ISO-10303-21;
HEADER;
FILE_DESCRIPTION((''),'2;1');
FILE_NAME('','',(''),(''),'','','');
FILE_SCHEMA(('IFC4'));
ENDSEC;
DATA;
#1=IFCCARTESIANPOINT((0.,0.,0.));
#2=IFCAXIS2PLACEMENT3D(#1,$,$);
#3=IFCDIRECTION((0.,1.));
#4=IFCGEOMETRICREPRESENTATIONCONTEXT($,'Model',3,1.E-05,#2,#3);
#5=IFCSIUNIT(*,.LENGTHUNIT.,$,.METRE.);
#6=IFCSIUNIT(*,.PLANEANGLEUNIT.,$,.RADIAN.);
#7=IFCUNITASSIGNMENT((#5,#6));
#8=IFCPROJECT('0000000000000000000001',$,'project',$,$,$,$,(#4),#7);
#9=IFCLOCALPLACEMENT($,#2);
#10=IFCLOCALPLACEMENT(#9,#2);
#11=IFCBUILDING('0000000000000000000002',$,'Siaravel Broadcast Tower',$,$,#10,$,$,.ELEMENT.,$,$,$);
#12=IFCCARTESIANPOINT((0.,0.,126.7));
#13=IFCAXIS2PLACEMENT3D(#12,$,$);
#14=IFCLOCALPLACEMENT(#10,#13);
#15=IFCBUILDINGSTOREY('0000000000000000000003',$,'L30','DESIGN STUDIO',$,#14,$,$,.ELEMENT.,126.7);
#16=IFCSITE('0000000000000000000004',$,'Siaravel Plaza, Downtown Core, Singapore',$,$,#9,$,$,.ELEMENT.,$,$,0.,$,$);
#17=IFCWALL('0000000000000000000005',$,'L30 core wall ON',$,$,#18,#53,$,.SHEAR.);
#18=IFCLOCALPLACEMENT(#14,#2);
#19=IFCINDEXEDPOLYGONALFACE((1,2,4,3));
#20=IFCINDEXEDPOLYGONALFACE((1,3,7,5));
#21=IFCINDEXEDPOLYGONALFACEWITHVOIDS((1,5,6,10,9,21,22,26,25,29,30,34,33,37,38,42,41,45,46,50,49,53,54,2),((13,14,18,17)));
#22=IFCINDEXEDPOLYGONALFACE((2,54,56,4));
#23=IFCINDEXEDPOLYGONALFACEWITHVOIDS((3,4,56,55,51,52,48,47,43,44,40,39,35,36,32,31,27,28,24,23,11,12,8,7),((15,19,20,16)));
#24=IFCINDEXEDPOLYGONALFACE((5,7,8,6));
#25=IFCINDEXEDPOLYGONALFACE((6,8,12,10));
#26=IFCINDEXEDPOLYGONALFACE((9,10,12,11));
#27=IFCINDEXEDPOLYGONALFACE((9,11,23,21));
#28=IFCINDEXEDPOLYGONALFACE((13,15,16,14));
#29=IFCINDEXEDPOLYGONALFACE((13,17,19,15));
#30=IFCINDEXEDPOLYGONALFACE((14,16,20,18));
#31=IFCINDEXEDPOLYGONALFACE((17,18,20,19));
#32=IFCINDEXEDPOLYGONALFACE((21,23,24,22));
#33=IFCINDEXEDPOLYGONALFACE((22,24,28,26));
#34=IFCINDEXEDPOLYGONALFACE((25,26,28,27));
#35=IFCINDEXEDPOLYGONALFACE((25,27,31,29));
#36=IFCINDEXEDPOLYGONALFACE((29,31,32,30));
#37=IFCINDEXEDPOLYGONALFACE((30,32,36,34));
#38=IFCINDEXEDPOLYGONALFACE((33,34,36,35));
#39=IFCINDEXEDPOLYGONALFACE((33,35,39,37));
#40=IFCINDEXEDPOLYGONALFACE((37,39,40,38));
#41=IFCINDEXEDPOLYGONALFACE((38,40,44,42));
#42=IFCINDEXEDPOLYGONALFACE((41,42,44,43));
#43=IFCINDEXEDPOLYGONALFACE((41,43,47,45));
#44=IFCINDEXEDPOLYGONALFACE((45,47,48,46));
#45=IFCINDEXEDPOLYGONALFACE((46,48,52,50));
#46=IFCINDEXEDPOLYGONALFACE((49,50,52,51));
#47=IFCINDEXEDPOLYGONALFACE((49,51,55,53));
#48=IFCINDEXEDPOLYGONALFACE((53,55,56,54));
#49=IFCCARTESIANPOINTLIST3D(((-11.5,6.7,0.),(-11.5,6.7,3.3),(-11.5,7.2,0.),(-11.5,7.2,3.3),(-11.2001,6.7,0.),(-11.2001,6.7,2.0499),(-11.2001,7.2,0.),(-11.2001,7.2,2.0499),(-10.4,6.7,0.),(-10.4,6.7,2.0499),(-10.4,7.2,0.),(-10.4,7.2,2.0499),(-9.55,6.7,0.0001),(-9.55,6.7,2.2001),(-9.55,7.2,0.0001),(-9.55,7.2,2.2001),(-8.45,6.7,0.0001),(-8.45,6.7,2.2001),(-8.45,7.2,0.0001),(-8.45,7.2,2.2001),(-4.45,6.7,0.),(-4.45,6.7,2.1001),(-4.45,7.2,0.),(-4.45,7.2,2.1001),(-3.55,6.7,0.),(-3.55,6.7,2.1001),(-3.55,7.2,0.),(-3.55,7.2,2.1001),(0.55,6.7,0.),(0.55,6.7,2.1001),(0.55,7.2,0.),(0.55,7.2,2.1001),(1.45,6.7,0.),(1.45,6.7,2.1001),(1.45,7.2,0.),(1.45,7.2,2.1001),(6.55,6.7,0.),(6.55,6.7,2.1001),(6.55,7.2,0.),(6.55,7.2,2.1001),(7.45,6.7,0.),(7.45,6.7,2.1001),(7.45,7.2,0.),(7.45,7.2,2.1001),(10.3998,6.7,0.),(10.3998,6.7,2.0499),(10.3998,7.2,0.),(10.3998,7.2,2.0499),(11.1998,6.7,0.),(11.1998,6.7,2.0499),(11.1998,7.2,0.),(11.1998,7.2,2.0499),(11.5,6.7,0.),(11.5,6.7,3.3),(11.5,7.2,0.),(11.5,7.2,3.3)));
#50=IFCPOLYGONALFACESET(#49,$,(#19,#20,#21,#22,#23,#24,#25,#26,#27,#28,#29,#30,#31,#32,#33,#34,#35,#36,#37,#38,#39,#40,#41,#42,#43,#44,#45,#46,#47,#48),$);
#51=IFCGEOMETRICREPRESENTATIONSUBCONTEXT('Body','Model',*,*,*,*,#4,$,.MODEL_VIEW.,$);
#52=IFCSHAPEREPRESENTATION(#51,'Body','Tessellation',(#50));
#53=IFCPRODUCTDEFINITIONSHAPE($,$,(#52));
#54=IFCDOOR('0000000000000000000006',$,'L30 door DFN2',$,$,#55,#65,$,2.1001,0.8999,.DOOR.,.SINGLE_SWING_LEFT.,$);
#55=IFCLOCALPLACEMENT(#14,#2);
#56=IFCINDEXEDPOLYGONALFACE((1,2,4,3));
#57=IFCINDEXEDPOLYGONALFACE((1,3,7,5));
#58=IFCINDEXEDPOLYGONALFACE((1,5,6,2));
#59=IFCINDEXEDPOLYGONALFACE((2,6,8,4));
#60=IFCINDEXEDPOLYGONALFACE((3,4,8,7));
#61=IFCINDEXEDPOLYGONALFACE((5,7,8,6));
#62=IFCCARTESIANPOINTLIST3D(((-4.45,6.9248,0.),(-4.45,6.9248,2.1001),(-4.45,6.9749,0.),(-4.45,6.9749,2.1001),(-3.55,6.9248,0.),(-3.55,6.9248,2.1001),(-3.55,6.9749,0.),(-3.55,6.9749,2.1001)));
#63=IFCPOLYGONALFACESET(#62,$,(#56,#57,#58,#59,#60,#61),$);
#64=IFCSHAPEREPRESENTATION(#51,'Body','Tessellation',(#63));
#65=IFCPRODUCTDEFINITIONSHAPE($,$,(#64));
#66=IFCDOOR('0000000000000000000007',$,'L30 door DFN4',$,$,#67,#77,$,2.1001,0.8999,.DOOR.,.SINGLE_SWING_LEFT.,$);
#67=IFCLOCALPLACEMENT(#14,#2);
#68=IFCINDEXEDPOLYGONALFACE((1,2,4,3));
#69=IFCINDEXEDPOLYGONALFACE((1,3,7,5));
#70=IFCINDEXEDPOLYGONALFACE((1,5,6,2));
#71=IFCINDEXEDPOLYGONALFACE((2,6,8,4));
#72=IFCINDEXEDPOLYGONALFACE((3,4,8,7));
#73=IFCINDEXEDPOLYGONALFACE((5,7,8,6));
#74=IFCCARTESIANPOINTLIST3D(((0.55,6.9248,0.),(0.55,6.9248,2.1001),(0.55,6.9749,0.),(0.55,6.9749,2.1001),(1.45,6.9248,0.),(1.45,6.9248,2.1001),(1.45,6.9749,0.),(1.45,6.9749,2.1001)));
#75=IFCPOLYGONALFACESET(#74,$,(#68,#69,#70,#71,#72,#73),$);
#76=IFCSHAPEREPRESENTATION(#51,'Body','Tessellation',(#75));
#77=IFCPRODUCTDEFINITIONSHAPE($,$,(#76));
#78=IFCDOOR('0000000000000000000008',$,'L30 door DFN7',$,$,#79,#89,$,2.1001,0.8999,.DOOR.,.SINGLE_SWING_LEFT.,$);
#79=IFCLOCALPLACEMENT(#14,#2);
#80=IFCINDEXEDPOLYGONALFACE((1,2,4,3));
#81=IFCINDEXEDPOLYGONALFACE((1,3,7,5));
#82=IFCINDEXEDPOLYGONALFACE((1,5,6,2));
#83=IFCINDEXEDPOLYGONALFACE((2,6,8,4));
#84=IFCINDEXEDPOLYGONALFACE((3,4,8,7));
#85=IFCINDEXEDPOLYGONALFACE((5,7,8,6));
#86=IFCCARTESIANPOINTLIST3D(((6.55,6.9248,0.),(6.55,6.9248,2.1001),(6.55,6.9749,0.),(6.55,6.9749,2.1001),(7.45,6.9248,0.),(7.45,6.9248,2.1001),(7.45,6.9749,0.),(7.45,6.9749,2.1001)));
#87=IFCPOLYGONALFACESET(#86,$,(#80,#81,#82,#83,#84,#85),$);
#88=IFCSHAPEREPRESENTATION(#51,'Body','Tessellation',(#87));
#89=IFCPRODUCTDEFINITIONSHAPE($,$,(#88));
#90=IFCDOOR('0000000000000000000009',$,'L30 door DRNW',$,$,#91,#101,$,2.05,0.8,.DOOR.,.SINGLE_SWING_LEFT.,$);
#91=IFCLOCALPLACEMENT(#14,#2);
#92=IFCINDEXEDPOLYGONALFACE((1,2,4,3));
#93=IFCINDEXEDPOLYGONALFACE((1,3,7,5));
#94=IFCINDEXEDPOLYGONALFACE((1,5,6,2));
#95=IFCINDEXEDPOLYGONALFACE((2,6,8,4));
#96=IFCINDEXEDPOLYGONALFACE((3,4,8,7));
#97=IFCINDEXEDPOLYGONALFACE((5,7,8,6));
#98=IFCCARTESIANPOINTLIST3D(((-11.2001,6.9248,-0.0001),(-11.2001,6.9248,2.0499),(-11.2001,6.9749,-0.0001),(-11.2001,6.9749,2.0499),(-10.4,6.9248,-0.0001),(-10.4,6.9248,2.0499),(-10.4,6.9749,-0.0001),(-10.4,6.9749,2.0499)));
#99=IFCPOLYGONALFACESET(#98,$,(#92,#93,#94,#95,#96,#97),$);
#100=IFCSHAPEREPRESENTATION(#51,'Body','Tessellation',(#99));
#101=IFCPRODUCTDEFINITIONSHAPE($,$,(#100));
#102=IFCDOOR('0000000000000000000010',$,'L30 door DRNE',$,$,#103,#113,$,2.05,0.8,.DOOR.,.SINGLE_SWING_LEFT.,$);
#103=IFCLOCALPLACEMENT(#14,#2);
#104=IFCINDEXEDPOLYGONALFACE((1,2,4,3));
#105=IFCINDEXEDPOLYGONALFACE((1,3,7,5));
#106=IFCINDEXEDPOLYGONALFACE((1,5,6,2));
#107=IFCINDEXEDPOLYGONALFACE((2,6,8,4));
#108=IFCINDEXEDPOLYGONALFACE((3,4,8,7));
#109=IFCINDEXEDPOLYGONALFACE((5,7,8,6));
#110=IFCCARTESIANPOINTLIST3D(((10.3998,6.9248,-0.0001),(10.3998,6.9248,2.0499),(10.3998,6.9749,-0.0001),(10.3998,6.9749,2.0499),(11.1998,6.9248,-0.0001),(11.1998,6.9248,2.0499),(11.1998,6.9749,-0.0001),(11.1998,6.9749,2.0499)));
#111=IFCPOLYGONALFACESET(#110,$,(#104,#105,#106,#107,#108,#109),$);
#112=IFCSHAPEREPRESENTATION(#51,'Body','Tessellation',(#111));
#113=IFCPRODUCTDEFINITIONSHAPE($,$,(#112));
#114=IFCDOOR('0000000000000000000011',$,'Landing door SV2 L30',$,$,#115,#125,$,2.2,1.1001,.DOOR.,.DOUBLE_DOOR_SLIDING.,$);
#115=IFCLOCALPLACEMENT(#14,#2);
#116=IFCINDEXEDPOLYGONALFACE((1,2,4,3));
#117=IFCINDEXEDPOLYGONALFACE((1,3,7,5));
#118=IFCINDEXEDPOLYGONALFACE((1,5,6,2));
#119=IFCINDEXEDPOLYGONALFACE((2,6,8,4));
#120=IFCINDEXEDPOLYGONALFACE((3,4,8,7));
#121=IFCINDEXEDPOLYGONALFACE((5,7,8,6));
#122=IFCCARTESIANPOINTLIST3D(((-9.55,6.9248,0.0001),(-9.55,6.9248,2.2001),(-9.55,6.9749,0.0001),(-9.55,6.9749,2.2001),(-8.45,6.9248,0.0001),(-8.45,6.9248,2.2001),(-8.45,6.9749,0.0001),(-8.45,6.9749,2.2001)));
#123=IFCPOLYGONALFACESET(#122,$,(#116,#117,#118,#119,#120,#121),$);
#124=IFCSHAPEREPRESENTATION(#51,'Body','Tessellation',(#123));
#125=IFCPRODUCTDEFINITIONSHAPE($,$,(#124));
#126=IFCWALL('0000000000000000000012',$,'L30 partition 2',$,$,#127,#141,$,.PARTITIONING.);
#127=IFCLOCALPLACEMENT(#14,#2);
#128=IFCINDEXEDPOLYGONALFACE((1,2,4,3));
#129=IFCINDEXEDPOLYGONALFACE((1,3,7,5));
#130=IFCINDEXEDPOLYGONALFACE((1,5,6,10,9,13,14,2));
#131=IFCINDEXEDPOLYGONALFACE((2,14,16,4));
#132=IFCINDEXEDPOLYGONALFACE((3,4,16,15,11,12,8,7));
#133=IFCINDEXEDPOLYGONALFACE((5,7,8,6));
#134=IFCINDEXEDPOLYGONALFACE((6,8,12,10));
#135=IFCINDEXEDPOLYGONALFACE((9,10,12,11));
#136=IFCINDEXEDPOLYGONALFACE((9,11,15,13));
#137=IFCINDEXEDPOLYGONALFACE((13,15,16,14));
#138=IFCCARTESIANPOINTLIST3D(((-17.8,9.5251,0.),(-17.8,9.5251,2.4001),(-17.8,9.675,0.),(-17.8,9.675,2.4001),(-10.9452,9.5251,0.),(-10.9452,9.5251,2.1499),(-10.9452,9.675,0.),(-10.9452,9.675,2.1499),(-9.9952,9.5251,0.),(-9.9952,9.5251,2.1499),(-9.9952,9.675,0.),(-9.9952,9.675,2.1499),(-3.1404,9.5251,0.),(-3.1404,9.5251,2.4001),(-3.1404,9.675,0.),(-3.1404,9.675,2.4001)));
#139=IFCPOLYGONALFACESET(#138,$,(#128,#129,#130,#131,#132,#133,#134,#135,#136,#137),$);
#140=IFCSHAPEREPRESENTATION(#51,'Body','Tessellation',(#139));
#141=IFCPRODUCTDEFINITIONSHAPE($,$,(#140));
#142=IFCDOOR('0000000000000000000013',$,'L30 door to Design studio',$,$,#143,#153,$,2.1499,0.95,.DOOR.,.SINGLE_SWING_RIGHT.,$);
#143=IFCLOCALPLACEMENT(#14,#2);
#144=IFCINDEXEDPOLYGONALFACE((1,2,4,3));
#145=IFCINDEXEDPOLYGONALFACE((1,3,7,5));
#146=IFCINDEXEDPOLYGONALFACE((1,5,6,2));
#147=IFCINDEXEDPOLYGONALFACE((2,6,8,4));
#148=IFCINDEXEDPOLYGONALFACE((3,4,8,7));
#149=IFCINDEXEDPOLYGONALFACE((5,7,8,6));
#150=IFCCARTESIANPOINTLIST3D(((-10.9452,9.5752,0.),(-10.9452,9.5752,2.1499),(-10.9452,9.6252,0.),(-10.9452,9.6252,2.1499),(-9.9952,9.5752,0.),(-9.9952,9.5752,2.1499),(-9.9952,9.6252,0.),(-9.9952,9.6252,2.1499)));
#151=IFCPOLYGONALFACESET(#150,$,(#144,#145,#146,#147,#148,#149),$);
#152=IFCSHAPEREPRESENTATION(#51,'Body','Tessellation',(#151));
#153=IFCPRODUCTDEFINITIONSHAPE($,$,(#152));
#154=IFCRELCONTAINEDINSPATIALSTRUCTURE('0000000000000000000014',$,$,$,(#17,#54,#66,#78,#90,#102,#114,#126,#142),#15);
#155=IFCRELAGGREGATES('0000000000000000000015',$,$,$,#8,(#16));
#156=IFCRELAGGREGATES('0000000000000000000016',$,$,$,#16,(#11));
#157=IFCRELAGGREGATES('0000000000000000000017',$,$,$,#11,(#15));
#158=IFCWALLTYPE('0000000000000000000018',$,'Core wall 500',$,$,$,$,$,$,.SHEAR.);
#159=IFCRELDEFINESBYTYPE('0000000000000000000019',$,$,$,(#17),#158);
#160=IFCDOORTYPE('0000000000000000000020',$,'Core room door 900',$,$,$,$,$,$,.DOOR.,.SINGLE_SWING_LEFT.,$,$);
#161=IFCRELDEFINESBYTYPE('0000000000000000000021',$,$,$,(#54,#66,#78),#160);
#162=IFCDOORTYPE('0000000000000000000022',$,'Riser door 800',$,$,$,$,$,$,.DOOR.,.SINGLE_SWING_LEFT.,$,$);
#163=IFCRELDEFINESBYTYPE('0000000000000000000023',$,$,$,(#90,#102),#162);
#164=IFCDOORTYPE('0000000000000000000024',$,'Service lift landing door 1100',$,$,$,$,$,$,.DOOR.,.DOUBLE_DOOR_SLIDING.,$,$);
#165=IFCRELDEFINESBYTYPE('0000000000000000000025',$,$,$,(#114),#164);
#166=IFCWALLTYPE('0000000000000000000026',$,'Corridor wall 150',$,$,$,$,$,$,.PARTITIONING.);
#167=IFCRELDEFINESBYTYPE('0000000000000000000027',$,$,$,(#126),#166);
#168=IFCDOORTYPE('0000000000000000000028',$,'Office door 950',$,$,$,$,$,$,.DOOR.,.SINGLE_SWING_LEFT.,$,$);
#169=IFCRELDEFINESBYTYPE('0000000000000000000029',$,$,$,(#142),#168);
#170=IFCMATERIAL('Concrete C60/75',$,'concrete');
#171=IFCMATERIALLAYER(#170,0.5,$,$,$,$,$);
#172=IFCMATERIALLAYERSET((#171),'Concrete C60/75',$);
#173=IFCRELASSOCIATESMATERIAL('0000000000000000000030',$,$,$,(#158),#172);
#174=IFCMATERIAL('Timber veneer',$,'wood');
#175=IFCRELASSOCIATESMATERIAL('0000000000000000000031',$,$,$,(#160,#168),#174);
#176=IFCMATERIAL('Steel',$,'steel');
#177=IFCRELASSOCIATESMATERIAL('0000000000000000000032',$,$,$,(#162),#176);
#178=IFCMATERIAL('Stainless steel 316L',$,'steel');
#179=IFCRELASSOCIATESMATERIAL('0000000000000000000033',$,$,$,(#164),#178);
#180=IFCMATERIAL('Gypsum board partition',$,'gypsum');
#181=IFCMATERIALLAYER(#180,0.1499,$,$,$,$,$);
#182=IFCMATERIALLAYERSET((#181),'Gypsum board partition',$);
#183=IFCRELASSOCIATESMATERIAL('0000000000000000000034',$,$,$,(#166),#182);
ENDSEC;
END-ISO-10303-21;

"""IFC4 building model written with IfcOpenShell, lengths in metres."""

from ifc_helpers import new_model, si_unit, direction, frame, frame_2d, origin, place, context, subcontext, project, spatial, rectangle, extrude, material, layer, layer_set, type_object, element, fill, save


model = new_model("IFC4")

# Units and contexts
model_context = context("Model", 3, precision=1e-05, world=origin(), true_north=direction((0.0, 1.0)))
body_context = subcontext(model_context, "Body", "Model", "MODEL_VIEW")
ifc_project = project(units=[si_unit("LENGTHUNIT", "METRE"), si_unit("PLANEANGLEUNIT", "RADIAN")], contexts=[model_context])

# Site, building, storey
site_placement = place(None, origin())
site = spatial("IfcSite", under=ifc_project, at=site_placement, Name="Siaravel Plaza, Downtown Core, Singapore", CompositionType="ELEMENT", RefElevation=0.0)
building_placement = place(site_placement, origin())
building = spatial("IfcBuilding", under=site, at=building_placement, Name="Siaravel Broadcast Tower", CompositionType="ELEMENT")
storey_placement = place(building_placement, frame((0.0, 0.0, 126.7)))
storey = spatial("IfcBuildingStorey", under=building, at=storey_placement, Name="L30", Description="DESIGN STUDIO", CompositionType="ELEMENT", Elevation=126.7)

# Wall, openings, doors
ifc_material_1 = material(Name="Concrete C60/75", Category="concrete")
ifc_layer_1 = layer(ifc_material_1, 0.5)
ifc_layer_set_1 = layer_set([ifc_layer_1], Name="Concrete C60/75")
wall_type_1 = type_object("IfcWallType", Name="Core wall 500", PredefinedType="SHEAR", material=ifc_layer_set_1)
wall_1_placement = place(storey_placement, frame((-11.5, 6.95, 0.0), z_axis=(0.0, 0.0, 1.0), x_axis=(1.0, 0.0, 0.0)))
wall_1 = element("IfcWall", 1, at=wall_1_placement, inside=storey, type_object=wall_type_1, Name="L30 core wall ON", PredefinedType="SHEAR", context=body_context, shape_type="SweptSolid", body=[
    extrude(rectangle(XDim=23.0, YDim=0.5, at=frame_2d((11.5, 0.0))), origin(), (0.0, 0.0, 1.0), 3.3),
])
opening_1_placement = place(wall_1_placement, frame((1.95, 0.0, 0.0)))
opening_1 = element("IfcOpeningElement", 2, at=opening_1_placement, cuts=wall_1, PredefinedType="OPENING", context=body_context, shape_type="SweptSolid", body=[
    extrude(rectangle(XDim=1.1001, YDim=2.2, at=frame_2d((0.55, 1.1001))), frame((0.0, 0.26, 0.0), z_axis=(0.0, -1.0, 0.0), x_axis=(1.0, 0.0, 0.0)), (0.0, 0.0, 1.0), 0.52),
])
opening_2_placement = place(wall_1_placement, frame((7.05, 0.0, 0.0)))
opening_2 = element("IfcOpeningElement", 3, at=opening_2_placement, cuts=wall_1, PredefinedType="OPENING", context=body_context, shape_type="SweptSolid", body=[
    extrude(rectangle(XDim=0.8999, YDim=2.1001, at=frame_2d((0.45, 1.05))), frame((0.0, 0.26, 0.0), z_axis=(0.0, -1.0, 0.0), x_axis=(1.0, 0.0, 0.0)), (0.0, 0.0, 1.0), 0.52),
])
opening_3_placement = place(wall_1_placement, frame((12.05, 0.0, 0.0)))
opening_3 = element("IfcOpeningElement", 4, at=opening_3_placement, cuts=wall_1, PredefinedType="OPENING", context=body_context, shape_type="SweptSolid", body=[
    extrude(rectangle(XDim=0.8999, YDim=2.1001, at=frame_2d((0.45, 1.05))), frame((0.0, 0.26, 0.0), z_axis=(0.0, -1.0, 0.0), x_axis=(1.0, 0.0, 0.0)), (0.0, 0.0, 1.0), 0.52),
])
opening_4_placement = place(wall_1_placement, frame((18.05, 0.0, 0.0)))
opening_4 = element("IfcOpeningElement", 5, at=opening_4_placement, cuts=wall_1, PredefinedType="OPENING", context=body_context, shape_type="SweptSolid", body=[
    extrude(rectangle(XDim=0.8999, YDim=2.1001, at=frame_2d((0.45, 1.05))), frame((0.0, 0.26, 0.0), z_axis=(0.0, -1.0, 0.0), x_axis=(1.0, 0.0, 0.0)), (0.0, 0.0, 1.0), 0.52),
])
opening_5_placement = place(wall_1_placement, frame((0.3, 0.0, 0.0)))
opening_5 = element("IfcOpeningElement", 6, at=opening_5_placement, cuts=wall_1, PredefinedType="OPENING", context=body_context, shape_type="SweptSolid", body=[
    extrude(rectangle(XDim=0.8, YDim=2.05, at=frame_2d((0.3999, 1.0249))), frame((0.0, 0.26, 0.0), z_axis=(0.0, -1.0, 0.0), x_axis=(1.0, 0.0, 0.0)), (0.0, 0.0, 1.0), 0.52),
])
opening_6_placement = place(wall_1_placement, frame((21.8999, 0.0, 0.0)))
opening_6 = element("IfcOpeningElement", 7, at=opening_6_placement, cuts=wall_1, PredefinedType="OPENING", context=body_context, shape_type="SweptSolid", body=[
    extrude(rectangle(XDim=0.8, YDim=2.05, at=frame_2d((0.3999, 1.0249))), frame((0.0, 0.26, 0.0), z_axis=(0.0, -1.0, 0.0), x_axis=(1.0, 0.0, 0.0)), (0.0, 0.0, 1.0), 0.52),
])
ifc_material_2 = material(Name="Timber veneer", Category="wood")
door_type_1 = type_object("IfcDoorType", Name="Core room door 900", OperationType="SINGLE_SWING_LEFT", PredefinedType="DOOR", material=ifc_material_2)
door_1_placement = place(opening_2_placement, origin())
door_1 = element("IfcDoor", 8, at=door_1_placement, inside=storey, type_object=door_type_1, Name="L30 door DFN2", OperationType="SINGLE_SWING_LEFT", OverallHeight=2.1001, OverallWidth=0.8999, PredefinedType="DOOR", context=body_context, shape_type="SweptSolid", body=[
    extrude(rectangle(XDim=0.8999, YDim=2.1001, at=frame_2d((0.45, 1.05))), frame((0.0, 0.0249, 0.0), z_axis=(0.0, -1.0, 0.0), x_axis=(1.0, 0.0, 0.0)), (0.0, 0.0, 1.0), 0.05),
])
fill(opening_2, door_1)
door_2_placement = place(opening_3_placement, origin())
door_2 = element("IfcDoor", 9, at=door_2_placement, inside=storey, type_object=door_type_1, Name="L30 door DFN4", OperationType="SINGLE_SWING_LEFT", OverallHeight=2.1001, OverallWidth=0.8999, PredefinedType="DOOR", context=body_context, shape_type="SweptSolid", body=[
    extrude(rectangle(XDim=0.8999, YDim=2.1001, at=frame_2d((0.45, 1.05))), frame((0.0, 0.0249, 0.0), z_axis=(0.0, -1.0, 0.0), x_axis=(1.0, 0.0, 0.0)), (0.0, 0.0, 1.0), 0.05),
])
fill(opening_3, door_2)
door_3_placement = place(opening_4_placement, origin())
door_3 = element("IfcDoor", 10, at=door_3_placement, inside=storey, type_object=door_type_1, Name="L30 door DFN7", OperationType="SINGLE_SWING_LEFT", OverallHeight=2.1001, OverallWidth=0.8999, PredefinedType="DOOR", context=body_context, shape_type="SweptSolid", body=[
    extrude(rectangle(XDim=0.8999, YDim=2.1001, at=frame_2d((0.45, 1.05))), frame((0.0, 0.0249, 0.0), z_axis=(0.0, -1.0, 0.0), x_axis=(1.0, 0.0, 0.0)), (0.0, 0.0, 1.0), 0.05),
])
fill(opening_4, door_3)
ifc_material_3 = material(Name="Steel", Category="steel")
door_type_2 = type_object("IfcDoorType", Name="Riser door 800", OperationType="SINGLE_SWING_LEFT", PredefinedType="DOOR", material=ifc_material_3)
door_4_placement = place(opening_5_placement, origin())
door_4 = element("IfcDoor", 11, at=door_4_placement, inside=storey, type_object=door_type_2, Name="L30 door DRNW", OperationType="SINGLE_SWING_LEFT", OverallHeight=2.05, OverallWidth=0.8, PredefinedType="DOOR", context=body_context, shape_type="SweptSolid", body=[
    extrude(rectangle(XDim=0.8, YDim=2.05, at=frame_2d((0.3999, 1.0249))), frame((0.0, 0.0249, 0.0), z_axis=(0.0, -1.0, 0.0), x_axis=(1.0, 0.0, 0.0)), (0.0, 0.0, 1.0), 0.05),
])
fill(opening_5, door_4)
door_5_placement = place(opening_6_placement, origin())
door_5 = element("IfcDoor", 12, at=door_5_placement, inside=storey, type_object=door_type_2, Name="L30 door DRNE", OperationType="SINGLE_SWING_LEFT", OverallHeight=2.05, OverallWidth=0.8, PredefinedType="DOOR", context=body_context, shape_type="SweptSolid", body=[
    extrude(rectangle(XDim=0.8, YDim=2.05, at=frame_2d((0.3999, 1.0249))), frame((0.0, 0.0249, 0.0), z_axis=(0.0, -1.0, 0.0), x_axis=(1.0, 0.0, 0.0)), (0.0, 0.0, 1.0), 0.05),
])
fill(opening_6, door_5)
ifc_material_4 = material(Name="Stainless steel 316L", Category="steel")
door_type_3 = type_object("IfcDoorType", Name="Service lift landing door 1100", OperationType="DOUBLE_DOOR_SLIDING", PredefinedType="DOOR", material=ifc_material_4)
door_6_placement = place(opening_1_placement, origin())
door_6 = element("IfcDoor", 13, at=door_6_placement, inside=storey, type_object=door_type_3, Name="Landing door SV2 L30", OperationType="DOUBLE_DOOR_SLIDING", OverallHeight=2.2, OverallWidth=1.1001, PredefinedType="DOOR", context=body_context, shape_type="SweptSolid", body=[
    extrude(rectangle(XDim=1.1001, YDim=2.2, at=frame_2d((0.55, 1.1001))), frame((0.0, 0.0249, 0.0), z_axis=(0.0, -1.0, 0.0), x_axis=(1.0, 0.0, 0.0)), (0.0, 0.0, 1.0), 0.05),
])
fill(opening_1, door_6)

# Wall, opening, door
ifc_material_5 = material(Name="Gypsum board partition", Category="gypsum")
ifc_layer_2 = layer(ifc_material_5, 0.1499)
ifc_layer_set_2 = layer_set([ifc_layer_2], Name="Gypsum board partition")
wall_type_2 = type_object("IfcWallType", Name="Corridor wall 150", PredefinedType="PARTITIONING", material=ifc_layer_set_2)
wall_2_placement = place(storey_placement, frame((-3.1404, 9.6001, 0.0), z_axis=(0.0, 0.0, 1.0), x_axis=(-1.0, 0.0, 0.0)))
wall_2 = element("IfcWall", 14, at=wall_2_placement, inside=storey, type_object=wall_type_2, Name="L30 partition 2", PredefinedType="PARTITIONING", context=body_context, shape_type="SweptSolid", body=[
    extrude(rectangle(XDim=14.6597, YDim=0.1499, at=frame_2d((7.3298, 0.0))), origin(), (0.0, 0.0, 1.0), 2.4001),
])
opening_7_placement = place(wall_2_placement, frame((6.8547, 0.0, 0.0)))
opening_7 = element("IfcOpeningElement", 15, at=opening_7_placement, cuts=wall_2, PredefinedType="OPENING", context=body_context, shape_type="SweptSolid", body=[
    extrude(rectangle(XDim=0.95, YDim=2.1499, at=frame_2d((0.4751, 1.075))), frame((0.0, 0.085, 0.0), z_axis=(0.0, -1.0, 0.0), x_axis=(1.0, 0.0, 0.0)), (0.0, 0.0, 1.0), 0.1699),
])
door_type_4 = type_object("IfcDoorType", Name="Office door 950", OperationType="SINGLE_SWING_LEFT", PredefinedType="DOOR", material=ifc_material_2)
door_7_placement = place(opening_7_placement, origin())
door_7 = element("IfcDoor", 16, at=door_7_placement, inside=storey, type_object=door_type_4, Name="L30 door to Design studio", OperationType="SINGLE_SWING_RIGHT", OverallHeight=2.1499, OverallWidth=0.95, PredefinedType="DOOR", context=body_context, shape_type="SweptSolid", body=[
    extrude(rectangle(XDim=0.95, YDim=2.1499, at=frame_2d((0.4751, 1.075))), frame((0.0, 0.0249, 0.0), z_axis=(0.0, -1.0, 0.0), x_axis=(1.0, 0.0, 0.0)), (0.0, 0.0, 1.0), 0.05),
])
fill(opening_7, door_7)

save(model, "model.ifc")
